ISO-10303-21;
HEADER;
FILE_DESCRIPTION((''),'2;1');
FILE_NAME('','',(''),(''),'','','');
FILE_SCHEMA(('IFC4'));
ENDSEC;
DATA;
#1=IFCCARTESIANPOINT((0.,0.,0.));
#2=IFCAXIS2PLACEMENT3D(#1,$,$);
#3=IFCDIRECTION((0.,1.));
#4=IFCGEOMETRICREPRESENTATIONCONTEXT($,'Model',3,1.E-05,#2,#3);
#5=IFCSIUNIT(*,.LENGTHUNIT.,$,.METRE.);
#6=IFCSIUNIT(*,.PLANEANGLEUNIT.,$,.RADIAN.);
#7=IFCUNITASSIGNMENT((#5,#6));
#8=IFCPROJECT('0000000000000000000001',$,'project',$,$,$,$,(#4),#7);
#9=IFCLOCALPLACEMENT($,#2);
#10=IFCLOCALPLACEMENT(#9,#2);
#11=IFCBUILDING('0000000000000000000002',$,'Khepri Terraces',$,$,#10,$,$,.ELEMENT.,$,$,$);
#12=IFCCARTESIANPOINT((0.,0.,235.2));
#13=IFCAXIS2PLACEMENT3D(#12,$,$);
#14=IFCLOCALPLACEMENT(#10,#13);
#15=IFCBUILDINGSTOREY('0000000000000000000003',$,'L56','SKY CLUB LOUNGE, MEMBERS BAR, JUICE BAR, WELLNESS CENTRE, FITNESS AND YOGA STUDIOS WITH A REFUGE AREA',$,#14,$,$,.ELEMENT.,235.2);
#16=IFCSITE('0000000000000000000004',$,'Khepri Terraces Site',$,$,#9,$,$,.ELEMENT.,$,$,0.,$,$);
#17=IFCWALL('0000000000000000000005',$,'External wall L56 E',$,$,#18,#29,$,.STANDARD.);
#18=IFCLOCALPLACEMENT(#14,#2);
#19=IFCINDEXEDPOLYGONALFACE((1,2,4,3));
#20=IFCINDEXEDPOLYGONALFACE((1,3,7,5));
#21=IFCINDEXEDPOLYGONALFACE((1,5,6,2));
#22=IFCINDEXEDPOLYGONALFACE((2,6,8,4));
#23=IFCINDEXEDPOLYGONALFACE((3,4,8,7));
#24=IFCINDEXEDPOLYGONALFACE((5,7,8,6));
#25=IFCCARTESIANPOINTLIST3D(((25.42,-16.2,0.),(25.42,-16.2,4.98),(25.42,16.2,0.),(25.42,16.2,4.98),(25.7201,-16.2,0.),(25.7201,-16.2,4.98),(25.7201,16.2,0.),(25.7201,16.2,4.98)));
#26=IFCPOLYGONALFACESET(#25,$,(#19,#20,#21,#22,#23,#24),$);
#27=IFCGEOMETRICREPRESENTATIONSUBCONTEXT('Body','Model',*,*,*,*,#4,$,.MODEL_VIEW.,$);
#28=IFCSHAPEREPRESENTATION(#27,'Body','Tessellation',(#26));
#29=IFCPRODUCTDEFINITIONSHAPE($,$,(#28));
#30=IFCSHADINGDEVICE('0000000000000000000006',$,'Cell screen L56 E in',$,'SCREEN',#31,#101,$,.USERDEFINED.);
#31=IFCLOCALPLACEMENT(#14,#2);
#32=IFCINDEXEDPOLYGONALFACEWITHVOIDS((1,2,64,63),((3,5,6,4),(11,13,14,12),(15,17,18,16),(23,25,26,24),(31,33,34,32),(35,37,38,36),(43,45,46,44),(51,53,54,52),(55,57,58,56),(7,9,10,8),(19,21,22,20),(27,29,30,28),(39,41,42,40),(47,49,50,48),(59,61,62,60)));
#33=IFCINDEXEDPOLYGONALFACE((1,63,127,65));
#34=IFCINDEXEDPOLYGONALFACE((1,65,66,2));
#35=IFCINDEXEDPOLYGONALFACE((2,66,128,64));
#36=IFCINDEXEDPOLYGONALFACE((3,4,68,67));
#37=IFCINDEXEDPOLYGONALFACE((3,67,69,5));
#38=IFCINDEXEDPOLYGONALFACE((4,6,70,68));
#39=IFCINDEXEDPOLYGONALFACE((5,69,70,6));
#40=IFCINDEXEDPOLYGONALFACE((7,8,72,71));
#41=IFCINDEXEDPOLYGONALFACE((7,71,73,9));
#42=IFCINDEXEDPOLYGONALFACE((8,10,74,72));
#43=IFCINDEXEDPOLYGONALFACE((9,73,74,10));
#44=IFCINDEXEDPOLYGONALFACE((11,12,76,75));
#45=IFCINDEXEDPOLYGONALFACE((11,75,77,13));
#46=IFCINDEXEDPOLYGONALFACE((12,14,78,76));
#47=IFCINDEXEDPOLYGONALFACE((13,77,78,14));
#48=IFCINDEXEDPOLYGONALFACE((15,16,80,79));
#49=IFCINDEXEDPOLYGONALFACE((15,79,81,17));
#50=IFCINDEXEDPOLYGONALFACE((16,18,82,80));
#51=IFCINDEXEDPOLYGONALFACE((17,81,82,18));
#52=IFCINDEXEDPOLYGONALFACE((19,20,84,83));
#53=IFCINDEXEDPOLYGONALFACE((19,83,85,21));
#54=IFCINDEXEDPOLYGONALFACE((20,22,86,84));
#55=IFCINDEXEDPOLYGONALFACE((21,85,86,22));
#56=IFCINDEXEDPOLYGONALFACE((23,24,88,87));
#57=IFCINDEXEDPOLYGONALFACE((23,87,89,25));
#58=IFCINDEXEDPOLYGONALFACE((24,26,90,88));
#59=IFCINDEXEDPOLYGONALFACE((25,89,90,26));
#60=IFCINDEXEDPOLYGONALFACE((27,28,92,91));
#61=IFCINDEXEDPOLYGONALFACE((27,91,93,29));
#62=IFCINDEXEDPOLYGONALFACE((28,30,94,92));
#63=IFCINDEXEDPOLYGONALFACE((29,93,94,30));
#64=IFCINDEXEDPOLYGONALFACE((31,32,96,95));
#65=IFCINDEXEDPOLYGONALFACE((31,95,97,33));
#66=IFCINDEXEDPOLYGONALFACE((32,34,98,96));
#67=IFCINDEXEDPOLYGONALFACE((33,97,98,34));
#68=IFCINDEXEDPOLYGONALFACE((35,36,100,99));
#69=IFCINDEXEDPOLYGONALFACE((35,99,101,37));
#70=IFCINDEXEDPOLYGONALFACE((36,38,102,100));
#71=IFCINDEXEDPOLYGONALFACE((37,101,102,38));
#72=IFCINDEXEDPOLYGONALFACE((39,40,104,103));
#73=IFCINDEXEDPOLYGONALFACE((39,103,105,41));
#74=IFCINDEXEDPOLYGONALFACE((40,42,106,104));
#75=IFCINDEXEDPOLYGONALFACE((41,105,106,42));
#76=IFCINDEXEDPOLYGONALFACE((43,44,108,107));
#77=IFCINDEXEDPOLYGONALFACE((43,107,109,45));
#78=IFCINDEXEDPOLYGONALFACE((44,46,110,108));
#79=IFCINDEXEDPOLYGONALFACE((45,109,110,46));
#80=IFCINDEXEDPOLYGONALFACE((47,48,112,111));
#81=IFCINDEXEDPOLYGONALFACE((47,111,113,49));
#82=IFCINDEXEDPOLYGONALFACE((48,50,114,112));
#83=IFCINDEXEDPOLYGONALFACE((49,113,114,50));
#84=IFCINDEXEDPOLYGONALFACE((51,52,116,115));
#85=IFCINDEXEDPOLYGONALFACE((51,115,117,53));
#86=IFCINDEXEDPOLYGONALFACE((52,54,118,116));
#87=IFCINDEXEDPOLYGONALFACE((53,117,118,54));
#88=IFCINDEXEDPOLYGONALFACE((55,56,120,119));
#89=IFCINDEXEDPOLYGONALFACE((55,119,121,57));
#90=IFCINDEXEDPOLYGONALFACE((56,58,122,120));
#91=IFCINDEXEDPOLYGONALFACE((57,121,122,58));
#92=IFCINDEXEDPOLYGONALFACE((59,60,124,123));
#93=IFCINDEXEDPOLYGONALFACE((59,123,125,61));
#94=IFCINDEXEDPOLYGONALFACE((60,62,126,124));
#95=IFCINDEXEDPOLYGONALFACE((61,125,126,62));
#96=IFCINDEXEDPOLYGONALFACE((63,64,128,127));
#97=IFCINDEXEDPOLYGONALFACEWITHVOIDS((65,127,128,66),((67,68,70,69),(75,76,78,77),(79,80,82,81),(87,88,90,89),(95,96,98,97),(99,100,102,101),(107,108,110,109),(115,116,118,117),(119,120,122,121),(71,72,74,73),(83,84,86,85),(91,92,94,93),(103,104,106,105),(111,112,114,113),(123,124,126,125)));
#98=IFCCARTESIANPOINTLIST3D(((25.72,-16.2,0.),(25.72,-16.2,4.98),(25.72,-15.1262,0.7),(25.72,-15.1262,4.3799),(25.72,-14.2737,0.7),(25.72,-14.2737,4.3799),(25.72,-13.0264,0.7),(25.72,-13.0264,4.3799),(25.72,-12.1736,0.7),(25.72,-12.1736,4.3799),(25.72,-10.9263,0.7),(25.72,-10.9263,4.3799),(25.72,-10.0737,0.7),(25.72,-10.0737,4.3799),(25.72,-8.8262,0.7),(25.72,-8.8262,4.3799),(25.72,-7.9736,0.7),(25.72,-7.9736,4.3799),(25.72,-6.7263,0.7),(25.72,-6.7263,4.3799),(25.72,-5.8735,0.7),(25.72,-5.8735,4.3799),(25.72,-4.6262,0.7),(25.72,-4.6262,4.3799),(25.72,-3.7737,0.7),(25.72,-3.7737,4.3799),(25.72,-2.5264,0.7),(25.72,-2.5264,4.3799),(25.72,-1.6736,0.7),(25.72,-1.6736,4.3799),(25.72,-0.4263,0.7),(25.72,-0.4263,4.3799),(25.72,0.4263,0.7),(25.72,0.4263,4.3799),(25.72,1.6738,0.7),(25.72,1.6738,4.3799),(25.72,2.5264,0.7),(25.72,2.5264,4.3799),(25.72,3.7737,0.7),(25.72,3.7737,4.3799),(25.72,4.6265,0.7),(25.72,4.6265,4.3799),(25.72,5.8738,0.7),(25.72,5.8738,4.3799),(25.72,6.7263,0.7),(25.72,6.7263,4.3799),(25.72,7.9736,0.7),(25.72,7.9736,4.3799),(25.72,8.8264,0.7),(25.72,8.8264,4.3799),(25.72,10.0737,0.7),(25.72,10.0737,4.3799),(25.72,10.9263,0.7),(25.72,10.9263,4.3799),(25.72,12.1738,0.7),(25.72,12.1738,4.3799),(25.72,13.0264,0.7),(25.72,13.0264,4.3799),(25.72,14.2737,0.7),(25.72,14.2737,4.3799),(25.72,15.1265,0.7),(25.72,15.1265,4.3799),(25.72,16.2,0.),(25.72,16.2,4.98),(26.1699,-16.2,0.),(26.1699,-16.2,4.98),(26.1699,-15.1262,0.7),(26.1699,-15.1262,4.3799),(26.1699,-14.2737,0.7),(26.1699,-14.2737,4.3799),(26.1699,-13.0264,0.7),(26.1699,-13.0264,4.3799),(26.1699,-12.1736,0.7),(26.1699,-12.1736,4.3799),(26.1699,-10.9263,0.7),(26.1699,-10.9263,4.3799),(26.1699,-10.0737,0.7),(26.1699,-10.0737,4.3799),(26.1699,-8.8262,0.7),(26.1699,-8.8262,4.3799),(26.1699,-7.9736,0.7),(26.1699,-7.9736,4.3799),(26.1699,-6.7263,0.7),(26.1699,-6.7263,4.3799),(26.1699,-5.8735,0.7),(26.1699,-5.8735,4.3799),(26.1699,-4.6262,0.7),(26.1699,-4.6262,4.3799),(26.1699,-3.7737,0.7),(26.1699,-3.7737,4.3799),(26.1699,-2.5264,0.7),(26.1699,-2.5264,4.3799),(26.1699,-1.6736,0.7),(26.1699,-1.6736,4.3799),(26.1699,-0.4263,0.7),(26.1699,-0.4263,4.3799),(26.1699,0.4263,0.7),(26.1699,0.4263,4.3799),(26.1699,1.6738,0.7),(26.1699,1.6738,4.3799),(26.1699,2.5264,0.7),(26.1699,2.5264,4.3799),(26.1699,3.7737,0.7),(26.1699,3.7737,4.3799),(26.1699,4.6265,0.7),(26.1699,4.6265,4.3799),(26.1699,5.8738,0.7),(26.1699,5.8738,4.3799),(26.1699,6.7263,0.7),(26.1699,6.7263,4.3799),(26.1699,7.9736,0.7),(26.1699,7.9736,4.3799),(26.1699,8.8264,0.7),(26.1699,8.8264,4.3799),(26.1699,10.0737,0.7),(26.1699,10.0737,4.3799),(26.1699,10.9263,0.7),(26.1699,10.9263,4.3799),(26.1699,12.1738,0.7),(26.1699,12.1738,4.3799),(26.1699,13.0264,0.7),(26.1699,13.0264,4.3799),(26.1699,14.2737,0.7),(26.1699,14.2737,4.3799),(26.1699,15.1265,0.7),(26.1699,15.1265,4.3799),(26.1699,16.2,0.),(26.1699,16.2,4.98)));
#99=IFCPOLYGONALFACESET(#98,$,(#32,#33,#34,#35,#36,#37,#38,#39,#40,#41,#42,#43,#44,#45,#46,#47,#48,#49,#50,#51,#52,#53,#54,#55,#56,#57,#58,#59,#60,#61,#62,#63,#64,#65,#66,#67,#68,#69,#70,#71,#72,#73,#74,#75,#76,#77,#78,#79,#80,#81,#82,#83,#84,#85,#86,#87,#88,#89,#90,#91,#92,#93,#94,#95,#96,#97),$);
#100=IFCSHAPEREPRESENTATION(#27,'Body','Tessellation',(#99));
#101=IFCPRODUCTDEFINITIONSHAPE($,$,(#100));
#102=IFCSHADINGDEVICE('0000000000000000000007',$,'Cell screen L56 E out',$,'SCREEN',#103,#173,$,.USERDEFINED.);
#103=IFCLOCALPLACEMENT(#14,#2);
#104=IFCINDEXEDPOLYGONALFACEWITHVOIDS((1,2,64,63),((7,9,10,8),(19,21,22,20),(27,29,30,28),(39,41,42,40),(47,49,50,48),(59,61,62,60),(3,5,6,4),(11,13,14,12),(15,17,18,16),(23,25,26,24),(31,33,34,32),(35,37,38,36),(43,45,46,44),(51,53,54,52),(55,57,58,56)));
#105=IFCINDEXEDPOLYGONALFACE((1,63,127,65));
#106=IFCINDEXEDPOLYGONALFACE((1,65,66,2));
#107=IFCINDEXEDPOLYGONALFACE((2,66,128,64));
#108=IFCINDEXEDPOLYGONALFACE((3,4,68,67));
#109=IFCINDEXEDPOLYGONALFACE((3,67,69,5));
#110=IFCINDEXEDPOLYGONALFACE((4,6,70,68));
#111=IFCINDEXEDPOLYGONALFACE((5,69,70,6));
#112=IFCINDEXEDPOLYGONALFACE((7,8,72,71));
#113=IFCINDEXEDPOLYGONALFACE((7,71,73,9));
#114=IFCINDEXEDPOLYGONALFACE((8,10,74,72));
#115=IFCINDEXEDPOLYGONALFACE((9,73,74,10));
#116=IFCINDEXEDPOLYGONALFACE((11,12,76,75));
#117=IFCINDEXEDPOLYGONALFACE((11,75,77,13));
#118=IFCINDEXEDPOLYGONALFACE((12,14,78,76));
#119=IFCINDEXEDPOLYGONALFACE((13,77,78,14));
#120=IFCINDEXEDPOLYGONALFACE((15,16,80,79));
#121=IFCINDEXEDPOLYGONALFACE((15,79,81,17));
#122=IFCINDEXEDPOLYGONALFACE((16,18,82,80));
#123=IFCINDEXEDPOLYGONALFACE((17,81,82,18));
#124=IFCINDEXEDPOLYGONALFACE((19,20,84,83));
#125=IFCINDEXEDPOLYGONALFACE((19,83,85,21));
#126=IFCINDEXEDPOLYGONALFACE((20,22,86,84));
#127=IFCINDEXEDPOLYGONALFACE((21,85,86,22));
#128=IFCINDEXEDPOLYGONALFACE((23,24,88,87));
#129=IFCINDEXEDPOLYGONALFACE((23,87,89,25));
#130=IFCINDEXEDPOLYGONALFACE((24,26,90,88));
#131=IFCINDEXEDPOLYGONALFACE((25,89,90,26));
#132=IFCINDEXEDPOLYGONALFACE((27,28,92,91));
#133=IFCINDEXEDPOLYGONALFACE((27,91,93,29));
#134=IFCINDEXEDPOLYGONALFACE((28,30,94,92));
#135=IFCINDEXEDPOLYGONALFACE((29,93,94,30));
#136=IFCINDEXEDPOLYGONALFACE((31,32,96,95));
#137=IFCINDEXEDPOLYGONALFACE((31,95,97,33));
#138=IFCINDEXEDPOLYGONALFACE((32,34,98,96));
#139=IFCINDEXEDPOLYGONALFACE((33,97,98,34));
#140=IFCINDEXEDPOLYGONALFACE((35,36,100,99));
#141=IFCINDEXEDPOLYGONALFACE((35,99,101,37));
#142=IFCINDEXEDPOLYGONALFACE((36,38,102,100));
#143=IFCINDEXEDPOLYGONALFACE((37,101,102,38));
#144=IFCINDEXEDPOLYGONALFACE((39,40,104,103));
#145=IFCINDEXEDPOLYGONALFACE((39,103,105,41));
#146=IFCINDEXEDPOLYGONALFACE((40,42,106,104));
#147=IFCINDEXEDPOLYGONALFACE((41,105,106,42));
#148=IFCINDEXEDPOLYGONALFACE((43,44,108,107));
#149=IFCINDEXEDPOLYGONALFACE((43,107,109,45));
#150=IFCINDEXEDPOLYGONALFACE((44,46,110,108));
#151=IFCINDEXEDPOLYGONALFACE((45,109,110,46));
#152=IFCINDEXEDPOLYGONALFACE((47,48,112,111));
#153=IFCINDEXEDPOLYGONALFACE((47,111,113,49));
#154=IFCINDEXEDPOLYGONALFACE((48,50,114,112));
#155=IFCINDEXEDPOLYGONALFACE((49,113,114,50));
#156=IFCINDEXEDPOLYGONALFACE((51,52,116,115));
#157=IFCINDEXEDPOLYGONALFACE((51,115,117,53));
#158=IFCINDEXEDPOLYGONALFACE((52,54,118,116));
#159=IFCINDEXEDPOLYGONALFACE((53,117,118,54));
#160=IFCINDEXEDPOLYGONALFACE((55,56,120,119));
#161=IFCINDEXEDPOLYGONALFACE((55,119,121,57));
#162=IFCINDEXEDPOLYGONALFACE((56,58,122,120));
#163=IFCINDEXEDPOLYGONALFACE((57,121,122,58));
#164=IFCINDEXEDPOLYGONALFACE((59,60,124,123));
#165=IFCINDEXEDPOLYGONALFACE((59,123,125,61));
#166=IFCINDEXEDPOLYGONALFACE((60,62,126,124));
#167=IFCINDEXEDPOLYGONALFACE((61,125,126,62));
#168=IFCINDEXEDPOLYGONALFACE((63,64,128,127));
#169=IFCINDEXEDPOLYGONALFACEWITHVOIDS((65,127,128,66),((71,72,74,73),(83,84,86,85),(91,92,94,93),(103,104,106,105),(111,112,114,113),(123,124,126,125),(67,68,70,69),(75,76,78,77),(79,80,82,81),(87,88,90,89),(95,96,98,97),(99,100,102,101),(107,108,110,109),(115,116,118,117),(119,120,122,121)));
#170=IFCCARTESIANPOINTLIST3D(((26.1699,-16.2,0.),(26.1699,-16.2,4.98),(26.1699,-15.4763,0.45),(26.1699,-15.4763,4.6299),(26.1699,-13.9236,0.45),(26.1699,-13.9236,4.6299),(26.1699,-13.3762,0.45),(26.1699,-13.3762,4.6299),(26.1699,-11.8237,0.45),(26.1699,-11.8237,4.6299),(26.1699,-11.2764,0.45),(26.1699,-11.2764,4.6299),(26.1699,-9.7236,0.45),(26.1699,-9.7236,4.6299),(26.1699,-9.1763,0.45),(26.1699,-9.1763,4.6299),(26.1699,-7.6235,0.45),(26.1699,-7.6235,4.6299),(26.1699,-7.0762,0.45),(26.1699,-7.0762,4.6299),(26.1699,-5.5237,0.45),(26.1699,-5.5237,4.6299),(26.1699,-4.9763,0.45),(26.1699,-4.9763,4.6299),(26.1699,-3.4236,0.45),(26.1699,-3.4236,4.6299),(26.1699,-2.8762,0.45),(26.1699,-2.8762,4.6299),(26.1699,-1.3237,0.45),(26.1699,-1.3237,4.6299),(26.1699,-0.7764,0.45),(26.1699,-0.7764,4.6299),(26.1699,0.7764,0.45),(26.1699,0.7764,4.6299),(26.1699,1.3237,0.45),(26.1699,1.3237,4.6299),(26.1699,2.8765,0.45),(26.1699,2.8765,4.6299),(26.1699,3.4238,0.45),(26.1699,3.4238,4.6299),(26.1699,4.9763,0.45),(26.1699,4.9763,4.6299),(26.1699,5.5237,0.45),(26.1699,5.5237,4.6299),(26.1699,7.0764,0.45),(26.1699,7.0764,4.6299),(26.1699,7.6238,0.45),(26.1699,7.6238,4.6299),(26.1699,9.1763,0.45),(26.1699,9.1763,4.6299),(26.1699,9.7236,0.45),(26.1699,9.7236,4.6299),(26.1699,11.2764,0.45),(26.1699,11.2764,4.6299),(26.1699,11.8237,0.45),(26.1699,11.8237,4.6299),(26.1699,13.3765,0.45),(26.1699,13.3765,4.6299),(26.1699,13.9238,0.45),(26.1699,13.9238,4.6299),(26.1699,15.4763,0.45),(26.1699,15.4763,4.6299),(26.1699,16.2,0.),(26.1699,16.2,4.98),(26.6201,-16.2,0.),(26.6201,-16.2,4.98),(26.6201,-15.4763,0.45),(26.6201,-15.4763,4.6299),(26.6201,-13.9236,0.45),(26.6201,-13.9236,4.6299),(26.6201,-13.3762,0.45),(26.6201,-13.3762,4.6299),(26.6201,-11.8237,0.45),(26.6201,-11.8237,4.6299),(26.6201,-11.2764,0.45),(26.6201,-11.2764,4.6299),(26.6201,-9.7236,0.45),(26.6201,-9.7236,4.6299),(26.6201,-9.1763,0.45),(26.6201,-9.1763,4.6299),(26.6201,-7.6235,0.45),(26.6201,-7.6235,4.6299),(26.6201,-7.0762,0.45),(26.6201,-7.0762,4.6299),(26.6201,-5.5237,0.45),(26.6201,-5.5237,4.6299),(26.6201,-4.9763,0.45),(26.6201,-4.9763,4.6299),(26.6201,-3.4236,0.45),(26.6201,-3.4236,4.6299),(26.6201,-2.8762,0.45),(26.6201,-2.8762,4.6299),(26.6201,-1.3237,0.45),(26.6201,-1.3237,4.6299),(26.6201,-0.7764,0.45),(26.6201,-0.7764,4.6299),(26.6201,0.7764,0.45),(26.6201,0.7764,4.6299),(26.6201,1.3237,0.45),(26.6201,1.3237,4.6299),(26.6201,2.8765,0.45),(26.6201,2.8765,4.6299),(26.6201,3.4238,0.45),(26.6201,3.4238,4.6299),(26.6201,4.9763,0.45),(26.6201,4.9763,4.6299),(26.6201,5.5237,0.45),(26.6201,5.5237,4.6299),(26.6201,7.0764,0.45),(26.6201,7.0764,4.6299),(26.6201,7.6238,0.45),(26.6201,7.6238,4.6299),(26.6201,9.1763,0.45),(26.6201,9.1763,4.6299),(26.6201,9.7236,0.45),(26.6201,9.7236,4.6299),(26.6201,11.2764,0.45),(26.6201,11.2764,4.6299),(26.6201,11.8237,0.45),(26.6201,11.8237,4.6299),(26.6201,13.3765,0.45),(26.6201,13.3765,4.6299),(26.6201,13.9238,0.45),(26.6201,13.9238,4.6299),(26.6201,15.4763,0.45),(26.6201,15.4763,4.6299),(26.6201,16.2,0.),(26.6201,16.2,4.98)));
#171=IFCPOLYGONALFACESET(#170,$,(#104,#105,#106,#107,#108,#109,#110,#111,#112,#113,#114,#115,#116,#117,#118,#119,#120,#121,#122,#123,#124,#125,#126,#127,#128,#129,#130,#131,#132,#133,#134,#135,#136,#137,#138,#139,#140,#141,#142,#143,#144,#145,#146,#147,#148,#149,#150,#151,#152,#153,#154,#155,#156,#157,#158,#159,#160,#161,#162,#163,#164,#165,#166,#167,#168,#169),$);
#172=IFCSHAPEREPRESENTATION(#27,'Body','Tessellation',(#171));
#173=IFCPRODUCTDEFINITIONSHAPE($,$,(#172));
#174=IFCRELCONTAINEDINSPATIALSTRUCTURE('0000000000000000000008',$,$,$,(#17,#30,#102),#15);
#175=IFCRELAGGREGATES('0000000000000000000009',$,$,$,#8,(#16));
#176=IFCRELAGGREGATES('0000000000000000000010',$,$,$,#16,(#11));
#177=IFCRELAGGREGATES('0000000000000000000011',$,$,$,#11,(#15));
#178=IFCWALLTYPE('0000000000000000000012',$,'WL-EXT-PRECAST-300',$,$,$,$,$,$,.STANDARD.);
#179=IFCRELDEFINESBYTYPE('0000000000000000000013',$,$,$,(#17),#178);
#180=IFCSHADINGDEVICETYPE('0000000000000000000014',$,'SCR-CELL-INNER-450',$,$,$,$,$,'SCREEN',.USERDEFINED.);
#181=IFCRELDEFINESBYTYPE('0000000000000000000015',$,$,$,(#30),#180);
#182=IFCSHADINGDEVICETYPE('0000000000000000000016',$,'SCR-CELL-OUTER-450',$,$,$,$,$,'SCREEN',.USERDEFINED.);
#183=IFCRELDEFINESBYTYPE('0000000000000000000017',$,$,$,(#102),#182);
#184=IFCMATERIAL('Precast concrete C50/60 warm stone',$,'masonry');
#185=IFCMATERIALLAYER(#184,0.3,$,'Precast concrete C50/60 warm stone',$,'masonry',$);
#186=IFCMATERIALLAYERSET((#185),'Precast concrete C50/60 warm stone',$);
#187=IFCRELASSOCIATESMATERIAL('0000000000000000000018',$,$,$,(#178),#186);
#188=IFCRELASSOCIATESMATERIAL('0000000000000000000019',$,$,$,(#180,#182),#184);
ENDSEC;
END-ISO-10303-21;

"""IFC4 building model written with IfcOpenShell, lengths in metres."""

from ifc_helpers import new_model, si_unit, direction, frame, frame_2d, origin, place, context, subcontext, project, spatial, polyline, rectangle, outline, extrude, material, layer, layer_set, type_object, element, save


model = new_model("IFC4")

# Units and contexts
model_context = context("Model", 3, precision=1e-05, world=origin(), true_north=direction((0.0, 1.0)))
body_context = subcontext(model_context, "Body", "Model", "MODEL_VIEW")
ifc_project = project(units=[si_unit("LENGTHUNIT", "METRE"), si_unit("PLANEANGLEUNIT", "RADIAN")], contexts=[model_context])

# Site, building, storey
site_placement = place(None, origin())
site = spatial("IfcSite", under=ifc_project, at=site_placement, Name="Khepri Terraces Site", CompositionType="ELEMENT", RefElevation=0.0)
building_placement = place(site_placement, origin())
building = spatial("IfcBuilding", under=site, at=building_placement, Name="Khepri Terraces", CompositionType="ELEMENT")
storey_placement = place(building_placement, frame((0.0, 0.0, 235.2)))
storey = spatial("IfcBuildingStorey", under=building, at=storey_placement, Name="L56", Description="SKY CLUB LOUNGE, MEMBERS BAR, JUICE BAR, WELLNESS CENTRE, FITNESS AND YOGA STUDIOS WITH A REFUGE AREA", CompositionType="ELEMENT", Elevation=235.2)

# Wall
ifc_material_1 = material(Name="Precast concrete C50/60 warm stone", Category="masonry")
ifc_layer_1 = layer(ifc_material_1, 0.3, Name="Precast concrete C50/60 warm stone", Category="masonry")
ifc_layer_set_1 = layer_set([ifc_layer_1], Name="Precast concrete C50/60 warm stone")
wall_type = type_object("IfcWallType", Name="WL-EXT-PRECAST-300", PredefinedType="STANDARD", material=ifc_layer_set_1)
wall_placement = place(storey_placement, frame((25.5701, -16.2, 0.0), z_axis=(0.0, 0.0, 1.0), x_axis=(0.0, 1.0, 0.0)))
element("IfcWall", 1, at=wall_placement, inside=storey, type_object=wall_type, Name="External wall L56 E", PredefinedType="STANDARD", context=body_context, shape_type="SweptSolid", body=[
    extrude(rectangle(XDim=32.3999, YDim=0.3, at=frame_2d((16.2, 0.0))), origin(), (0.0, 0.0, 1.0), 4.98),
])

# Shading devices
shading_device_type_1 = type_object("IfcShadingDeviceType", Name="SCR-CELL-INNER-450", ElementType="SCREEN", PredefinedType="USERDEFINED", material=ifc_material_1)
shading_device_1_placement = place(storey_placement, frame((25.72, -16.2, 0.0), z_axis=(1.0, 0.0, 0.0), x_axis=(0.0, 1.0, 0.0)))
element("IfcShadingDevice", 2, at=shading_device_1_placement, inside=storey, type_object=shading_device_type_1, Name="Cell screen L56 E in", ObjectType="SCREEN", PredefinedType="USERDEFINED", context=body_context, shape_type="SweptSolid", body=[
    extrude(outline(polyline([(0.0, 0.0), (32.3999, 0.0), (32.3999, 4.98), (0.0, 4.98), (0.0, 0.0)]), holes=[polyline([(1.0737, 0.7), (1.9263, 0.7), (1.9263, 4.3799), (1.0737, 4.3799), (1.0737, 0.7)]), polyline([(3.1736, 0.7), (4.0264, 0.7), (4.0264, 4.3799), (3.1736, 4.3799), (3.1736, 0.7)]), polyline([(5.2737, 0.7), (6.1262, 0.7), (6.1262, 4.3799), (5.2737, 4.3799), (5.2737, 0.7)]), polyline([(7.3738, 0.7), (8.2263, 0.7), (8.2263, 4.3799), (7.3738, 4.3799), (7.3738, 0.7)]), polyline([(9.4736, 0.7), (10.3264, 0.7), (10.3264, 4.3799), (9.4736, 4.3799), (9.4736, 0.7)]), polyline([(11.5737, 0.7), (12.4263, 0.7), (12.4263, 4.3799), (11.5737, 4.3799), (11.5737, 0.7)]), polyline([(13.6736, 0.7), (14.5264, 0.7), (14.5264, 4.3799), (13.6736, 4.3799), (13.6736, 0.7)]), polyline([(15.7737, 0.7), (16.6262, 0.7), (16.6262, 4.3799), (15.7737, 4.3799), (15.7737, 0.7)]), polyline([(17.8738, 0.7), (18.7263, 0.7), (18.7263, 4.3799), (17.8738, 4.3799), (17.8738, 0.7)]), polyline([(19.9736, 0.7), (20.8264, 0.7), (20.8264, 4.3799), (19.9736, 4.3799), (19.9736, 0.7)]), polyline([(22.0737, 0.7), (22.9263, 0.7), (22.9263, 4.3799), (22.0737, 4.3799), (22.0737, 0.7)]), polyline([(24.1736, 0.7), (25.0264, 0.7), (25.0264, 4.3799), (24.1736, 4.3799), (24.1736, 0.7)]), polyline([(26.2737, 0.7), (27.1262, 0.7), (27.1262, 4.3799), (26.2737, 4.3799), (26.2737, 0.7)]), polyline([(28.3738, 0.7), (29.2263, 0.7), (29.2263, 4.3799), (28.3738, 4.3799), (28.3738, 0.7)]), polyline([(30.4736, 0.7), (31.3264, 0.7), (31.3264, 4.3799), (30.4736, 4.3799), (30.4736, 0.7)])]), origin(), (0.0, 0.0, 1.0), 0.45),
])
shading_device_type_2 = type_object("IfcShadingDeviceType", Name="SCR-CELL-OUTER-450", ElementType="SCREEN", PredefinedType="USERDEFINED", material=ifc_material_1)
shading_device_2_placement = place(storey_placement, frame((26.1699, -16.2, 0.0), z_axis=(1.0, 0.0, 0.0), x_axis=(0.0, 1.0, 0.0)))
element("IfcShadingDevice", 3, at=shading_device_2_placement, inside=storey, type_object=shading_device_type_2, Name="Cell screen L56 E out", ObjectType="SCREEN", PredefinedType="USERDEFINED", context=body_context, shape_type="SweptSolid", body=[
    extrude(outline(polyline([(0.0, 0.0), (32.3999, 0.0), (32.3999, 4.98), (0.0, 4.98), (0.0, 0.0)]), holes=[polyline([(0.7236, 0.45), (2.2764, 0.45), (2.2764, 4.6299), (0.7236, 4.6299), (0.7236, 0.45)]), polyline([(2.8237, 0.45), (4.3762, 0.45), (4.3762, 4.6299), (2.8237, 4.6299), (2.8237, 0.45)]), polyline([(4.9236, 0.45), (6.4763, 0.45), (6.4763, 4.6299), (4.9236, 4.6299), (4.9236, 0.45)]), polyline([(7.0237, 0.45), (8.5764, 0.45), (8.5764, 4.6299), (7.0237, 4.6299), (7.0237, 0.45)]), polyline([(9.1238, 0.45), (10.6763, 0.45), (10.6763, 4.6299), (9.1238, 4.6299), (9.1238, 0.45)]), polyline([(11.2236, 0.45), (12.7764, 0.45), (12.7764, 4.6299), (11.2236, 4.6299), (11.2236, 0.45)]), polyline([(13.3237, 0.45), (14.8762, 0.45), (14.8762, 4.6299), (13.3237, 4.6299), (13.3237, 0.45)]), polyline([(15.4236, 0.45), (16.9763, 0.45), (16.9763, 4.6299), (15.4236, 4.6299), (15.4236, 0.45)]), polyline([(17.5237, 0.45), (19.0764, 0.45), (19.0764, 4.6299), (17.5237, 4.6299), (17.5237, 0.45)]), polyline([(19.6238, 0.45), (21.1763, 0.45), (21.1763, 4.6299), (19.6238, 4.6299), (19.6238, 0.45)]), polyline([(21.7236, 0.45), (23.2764, 0.45), (23.2764, 4.6299), (21.7236, 4.6299), (21.7236, 0.45)]), polyline([(23.8237, 0.45), (25.3762, 0.45), (25.3762, 4.6299), (23.8237, 4.6299), (23.8237, 0.45)]), polyline([(25.9236, 0.45), (27.4763, 0.45), (27.4763, 4.6299), (25.9236, 4.6299), (25.9236, 0.45)]), polyline([(28.0237, 0.45), (29.5764, 0.45), (29.5764, 4.6299), (28.0237, 4.6299), (28.0237, 0.45)]), polyline([(30.1238, 0.45), (31.6763, 0.45), (31.6763, 4.6299), (30.1238, 4.6299), (30.1238, 0.45)])]), origin(), (0.0, 0.0, 1.0), 0.4502),
])

save(model, "model.ifc")
